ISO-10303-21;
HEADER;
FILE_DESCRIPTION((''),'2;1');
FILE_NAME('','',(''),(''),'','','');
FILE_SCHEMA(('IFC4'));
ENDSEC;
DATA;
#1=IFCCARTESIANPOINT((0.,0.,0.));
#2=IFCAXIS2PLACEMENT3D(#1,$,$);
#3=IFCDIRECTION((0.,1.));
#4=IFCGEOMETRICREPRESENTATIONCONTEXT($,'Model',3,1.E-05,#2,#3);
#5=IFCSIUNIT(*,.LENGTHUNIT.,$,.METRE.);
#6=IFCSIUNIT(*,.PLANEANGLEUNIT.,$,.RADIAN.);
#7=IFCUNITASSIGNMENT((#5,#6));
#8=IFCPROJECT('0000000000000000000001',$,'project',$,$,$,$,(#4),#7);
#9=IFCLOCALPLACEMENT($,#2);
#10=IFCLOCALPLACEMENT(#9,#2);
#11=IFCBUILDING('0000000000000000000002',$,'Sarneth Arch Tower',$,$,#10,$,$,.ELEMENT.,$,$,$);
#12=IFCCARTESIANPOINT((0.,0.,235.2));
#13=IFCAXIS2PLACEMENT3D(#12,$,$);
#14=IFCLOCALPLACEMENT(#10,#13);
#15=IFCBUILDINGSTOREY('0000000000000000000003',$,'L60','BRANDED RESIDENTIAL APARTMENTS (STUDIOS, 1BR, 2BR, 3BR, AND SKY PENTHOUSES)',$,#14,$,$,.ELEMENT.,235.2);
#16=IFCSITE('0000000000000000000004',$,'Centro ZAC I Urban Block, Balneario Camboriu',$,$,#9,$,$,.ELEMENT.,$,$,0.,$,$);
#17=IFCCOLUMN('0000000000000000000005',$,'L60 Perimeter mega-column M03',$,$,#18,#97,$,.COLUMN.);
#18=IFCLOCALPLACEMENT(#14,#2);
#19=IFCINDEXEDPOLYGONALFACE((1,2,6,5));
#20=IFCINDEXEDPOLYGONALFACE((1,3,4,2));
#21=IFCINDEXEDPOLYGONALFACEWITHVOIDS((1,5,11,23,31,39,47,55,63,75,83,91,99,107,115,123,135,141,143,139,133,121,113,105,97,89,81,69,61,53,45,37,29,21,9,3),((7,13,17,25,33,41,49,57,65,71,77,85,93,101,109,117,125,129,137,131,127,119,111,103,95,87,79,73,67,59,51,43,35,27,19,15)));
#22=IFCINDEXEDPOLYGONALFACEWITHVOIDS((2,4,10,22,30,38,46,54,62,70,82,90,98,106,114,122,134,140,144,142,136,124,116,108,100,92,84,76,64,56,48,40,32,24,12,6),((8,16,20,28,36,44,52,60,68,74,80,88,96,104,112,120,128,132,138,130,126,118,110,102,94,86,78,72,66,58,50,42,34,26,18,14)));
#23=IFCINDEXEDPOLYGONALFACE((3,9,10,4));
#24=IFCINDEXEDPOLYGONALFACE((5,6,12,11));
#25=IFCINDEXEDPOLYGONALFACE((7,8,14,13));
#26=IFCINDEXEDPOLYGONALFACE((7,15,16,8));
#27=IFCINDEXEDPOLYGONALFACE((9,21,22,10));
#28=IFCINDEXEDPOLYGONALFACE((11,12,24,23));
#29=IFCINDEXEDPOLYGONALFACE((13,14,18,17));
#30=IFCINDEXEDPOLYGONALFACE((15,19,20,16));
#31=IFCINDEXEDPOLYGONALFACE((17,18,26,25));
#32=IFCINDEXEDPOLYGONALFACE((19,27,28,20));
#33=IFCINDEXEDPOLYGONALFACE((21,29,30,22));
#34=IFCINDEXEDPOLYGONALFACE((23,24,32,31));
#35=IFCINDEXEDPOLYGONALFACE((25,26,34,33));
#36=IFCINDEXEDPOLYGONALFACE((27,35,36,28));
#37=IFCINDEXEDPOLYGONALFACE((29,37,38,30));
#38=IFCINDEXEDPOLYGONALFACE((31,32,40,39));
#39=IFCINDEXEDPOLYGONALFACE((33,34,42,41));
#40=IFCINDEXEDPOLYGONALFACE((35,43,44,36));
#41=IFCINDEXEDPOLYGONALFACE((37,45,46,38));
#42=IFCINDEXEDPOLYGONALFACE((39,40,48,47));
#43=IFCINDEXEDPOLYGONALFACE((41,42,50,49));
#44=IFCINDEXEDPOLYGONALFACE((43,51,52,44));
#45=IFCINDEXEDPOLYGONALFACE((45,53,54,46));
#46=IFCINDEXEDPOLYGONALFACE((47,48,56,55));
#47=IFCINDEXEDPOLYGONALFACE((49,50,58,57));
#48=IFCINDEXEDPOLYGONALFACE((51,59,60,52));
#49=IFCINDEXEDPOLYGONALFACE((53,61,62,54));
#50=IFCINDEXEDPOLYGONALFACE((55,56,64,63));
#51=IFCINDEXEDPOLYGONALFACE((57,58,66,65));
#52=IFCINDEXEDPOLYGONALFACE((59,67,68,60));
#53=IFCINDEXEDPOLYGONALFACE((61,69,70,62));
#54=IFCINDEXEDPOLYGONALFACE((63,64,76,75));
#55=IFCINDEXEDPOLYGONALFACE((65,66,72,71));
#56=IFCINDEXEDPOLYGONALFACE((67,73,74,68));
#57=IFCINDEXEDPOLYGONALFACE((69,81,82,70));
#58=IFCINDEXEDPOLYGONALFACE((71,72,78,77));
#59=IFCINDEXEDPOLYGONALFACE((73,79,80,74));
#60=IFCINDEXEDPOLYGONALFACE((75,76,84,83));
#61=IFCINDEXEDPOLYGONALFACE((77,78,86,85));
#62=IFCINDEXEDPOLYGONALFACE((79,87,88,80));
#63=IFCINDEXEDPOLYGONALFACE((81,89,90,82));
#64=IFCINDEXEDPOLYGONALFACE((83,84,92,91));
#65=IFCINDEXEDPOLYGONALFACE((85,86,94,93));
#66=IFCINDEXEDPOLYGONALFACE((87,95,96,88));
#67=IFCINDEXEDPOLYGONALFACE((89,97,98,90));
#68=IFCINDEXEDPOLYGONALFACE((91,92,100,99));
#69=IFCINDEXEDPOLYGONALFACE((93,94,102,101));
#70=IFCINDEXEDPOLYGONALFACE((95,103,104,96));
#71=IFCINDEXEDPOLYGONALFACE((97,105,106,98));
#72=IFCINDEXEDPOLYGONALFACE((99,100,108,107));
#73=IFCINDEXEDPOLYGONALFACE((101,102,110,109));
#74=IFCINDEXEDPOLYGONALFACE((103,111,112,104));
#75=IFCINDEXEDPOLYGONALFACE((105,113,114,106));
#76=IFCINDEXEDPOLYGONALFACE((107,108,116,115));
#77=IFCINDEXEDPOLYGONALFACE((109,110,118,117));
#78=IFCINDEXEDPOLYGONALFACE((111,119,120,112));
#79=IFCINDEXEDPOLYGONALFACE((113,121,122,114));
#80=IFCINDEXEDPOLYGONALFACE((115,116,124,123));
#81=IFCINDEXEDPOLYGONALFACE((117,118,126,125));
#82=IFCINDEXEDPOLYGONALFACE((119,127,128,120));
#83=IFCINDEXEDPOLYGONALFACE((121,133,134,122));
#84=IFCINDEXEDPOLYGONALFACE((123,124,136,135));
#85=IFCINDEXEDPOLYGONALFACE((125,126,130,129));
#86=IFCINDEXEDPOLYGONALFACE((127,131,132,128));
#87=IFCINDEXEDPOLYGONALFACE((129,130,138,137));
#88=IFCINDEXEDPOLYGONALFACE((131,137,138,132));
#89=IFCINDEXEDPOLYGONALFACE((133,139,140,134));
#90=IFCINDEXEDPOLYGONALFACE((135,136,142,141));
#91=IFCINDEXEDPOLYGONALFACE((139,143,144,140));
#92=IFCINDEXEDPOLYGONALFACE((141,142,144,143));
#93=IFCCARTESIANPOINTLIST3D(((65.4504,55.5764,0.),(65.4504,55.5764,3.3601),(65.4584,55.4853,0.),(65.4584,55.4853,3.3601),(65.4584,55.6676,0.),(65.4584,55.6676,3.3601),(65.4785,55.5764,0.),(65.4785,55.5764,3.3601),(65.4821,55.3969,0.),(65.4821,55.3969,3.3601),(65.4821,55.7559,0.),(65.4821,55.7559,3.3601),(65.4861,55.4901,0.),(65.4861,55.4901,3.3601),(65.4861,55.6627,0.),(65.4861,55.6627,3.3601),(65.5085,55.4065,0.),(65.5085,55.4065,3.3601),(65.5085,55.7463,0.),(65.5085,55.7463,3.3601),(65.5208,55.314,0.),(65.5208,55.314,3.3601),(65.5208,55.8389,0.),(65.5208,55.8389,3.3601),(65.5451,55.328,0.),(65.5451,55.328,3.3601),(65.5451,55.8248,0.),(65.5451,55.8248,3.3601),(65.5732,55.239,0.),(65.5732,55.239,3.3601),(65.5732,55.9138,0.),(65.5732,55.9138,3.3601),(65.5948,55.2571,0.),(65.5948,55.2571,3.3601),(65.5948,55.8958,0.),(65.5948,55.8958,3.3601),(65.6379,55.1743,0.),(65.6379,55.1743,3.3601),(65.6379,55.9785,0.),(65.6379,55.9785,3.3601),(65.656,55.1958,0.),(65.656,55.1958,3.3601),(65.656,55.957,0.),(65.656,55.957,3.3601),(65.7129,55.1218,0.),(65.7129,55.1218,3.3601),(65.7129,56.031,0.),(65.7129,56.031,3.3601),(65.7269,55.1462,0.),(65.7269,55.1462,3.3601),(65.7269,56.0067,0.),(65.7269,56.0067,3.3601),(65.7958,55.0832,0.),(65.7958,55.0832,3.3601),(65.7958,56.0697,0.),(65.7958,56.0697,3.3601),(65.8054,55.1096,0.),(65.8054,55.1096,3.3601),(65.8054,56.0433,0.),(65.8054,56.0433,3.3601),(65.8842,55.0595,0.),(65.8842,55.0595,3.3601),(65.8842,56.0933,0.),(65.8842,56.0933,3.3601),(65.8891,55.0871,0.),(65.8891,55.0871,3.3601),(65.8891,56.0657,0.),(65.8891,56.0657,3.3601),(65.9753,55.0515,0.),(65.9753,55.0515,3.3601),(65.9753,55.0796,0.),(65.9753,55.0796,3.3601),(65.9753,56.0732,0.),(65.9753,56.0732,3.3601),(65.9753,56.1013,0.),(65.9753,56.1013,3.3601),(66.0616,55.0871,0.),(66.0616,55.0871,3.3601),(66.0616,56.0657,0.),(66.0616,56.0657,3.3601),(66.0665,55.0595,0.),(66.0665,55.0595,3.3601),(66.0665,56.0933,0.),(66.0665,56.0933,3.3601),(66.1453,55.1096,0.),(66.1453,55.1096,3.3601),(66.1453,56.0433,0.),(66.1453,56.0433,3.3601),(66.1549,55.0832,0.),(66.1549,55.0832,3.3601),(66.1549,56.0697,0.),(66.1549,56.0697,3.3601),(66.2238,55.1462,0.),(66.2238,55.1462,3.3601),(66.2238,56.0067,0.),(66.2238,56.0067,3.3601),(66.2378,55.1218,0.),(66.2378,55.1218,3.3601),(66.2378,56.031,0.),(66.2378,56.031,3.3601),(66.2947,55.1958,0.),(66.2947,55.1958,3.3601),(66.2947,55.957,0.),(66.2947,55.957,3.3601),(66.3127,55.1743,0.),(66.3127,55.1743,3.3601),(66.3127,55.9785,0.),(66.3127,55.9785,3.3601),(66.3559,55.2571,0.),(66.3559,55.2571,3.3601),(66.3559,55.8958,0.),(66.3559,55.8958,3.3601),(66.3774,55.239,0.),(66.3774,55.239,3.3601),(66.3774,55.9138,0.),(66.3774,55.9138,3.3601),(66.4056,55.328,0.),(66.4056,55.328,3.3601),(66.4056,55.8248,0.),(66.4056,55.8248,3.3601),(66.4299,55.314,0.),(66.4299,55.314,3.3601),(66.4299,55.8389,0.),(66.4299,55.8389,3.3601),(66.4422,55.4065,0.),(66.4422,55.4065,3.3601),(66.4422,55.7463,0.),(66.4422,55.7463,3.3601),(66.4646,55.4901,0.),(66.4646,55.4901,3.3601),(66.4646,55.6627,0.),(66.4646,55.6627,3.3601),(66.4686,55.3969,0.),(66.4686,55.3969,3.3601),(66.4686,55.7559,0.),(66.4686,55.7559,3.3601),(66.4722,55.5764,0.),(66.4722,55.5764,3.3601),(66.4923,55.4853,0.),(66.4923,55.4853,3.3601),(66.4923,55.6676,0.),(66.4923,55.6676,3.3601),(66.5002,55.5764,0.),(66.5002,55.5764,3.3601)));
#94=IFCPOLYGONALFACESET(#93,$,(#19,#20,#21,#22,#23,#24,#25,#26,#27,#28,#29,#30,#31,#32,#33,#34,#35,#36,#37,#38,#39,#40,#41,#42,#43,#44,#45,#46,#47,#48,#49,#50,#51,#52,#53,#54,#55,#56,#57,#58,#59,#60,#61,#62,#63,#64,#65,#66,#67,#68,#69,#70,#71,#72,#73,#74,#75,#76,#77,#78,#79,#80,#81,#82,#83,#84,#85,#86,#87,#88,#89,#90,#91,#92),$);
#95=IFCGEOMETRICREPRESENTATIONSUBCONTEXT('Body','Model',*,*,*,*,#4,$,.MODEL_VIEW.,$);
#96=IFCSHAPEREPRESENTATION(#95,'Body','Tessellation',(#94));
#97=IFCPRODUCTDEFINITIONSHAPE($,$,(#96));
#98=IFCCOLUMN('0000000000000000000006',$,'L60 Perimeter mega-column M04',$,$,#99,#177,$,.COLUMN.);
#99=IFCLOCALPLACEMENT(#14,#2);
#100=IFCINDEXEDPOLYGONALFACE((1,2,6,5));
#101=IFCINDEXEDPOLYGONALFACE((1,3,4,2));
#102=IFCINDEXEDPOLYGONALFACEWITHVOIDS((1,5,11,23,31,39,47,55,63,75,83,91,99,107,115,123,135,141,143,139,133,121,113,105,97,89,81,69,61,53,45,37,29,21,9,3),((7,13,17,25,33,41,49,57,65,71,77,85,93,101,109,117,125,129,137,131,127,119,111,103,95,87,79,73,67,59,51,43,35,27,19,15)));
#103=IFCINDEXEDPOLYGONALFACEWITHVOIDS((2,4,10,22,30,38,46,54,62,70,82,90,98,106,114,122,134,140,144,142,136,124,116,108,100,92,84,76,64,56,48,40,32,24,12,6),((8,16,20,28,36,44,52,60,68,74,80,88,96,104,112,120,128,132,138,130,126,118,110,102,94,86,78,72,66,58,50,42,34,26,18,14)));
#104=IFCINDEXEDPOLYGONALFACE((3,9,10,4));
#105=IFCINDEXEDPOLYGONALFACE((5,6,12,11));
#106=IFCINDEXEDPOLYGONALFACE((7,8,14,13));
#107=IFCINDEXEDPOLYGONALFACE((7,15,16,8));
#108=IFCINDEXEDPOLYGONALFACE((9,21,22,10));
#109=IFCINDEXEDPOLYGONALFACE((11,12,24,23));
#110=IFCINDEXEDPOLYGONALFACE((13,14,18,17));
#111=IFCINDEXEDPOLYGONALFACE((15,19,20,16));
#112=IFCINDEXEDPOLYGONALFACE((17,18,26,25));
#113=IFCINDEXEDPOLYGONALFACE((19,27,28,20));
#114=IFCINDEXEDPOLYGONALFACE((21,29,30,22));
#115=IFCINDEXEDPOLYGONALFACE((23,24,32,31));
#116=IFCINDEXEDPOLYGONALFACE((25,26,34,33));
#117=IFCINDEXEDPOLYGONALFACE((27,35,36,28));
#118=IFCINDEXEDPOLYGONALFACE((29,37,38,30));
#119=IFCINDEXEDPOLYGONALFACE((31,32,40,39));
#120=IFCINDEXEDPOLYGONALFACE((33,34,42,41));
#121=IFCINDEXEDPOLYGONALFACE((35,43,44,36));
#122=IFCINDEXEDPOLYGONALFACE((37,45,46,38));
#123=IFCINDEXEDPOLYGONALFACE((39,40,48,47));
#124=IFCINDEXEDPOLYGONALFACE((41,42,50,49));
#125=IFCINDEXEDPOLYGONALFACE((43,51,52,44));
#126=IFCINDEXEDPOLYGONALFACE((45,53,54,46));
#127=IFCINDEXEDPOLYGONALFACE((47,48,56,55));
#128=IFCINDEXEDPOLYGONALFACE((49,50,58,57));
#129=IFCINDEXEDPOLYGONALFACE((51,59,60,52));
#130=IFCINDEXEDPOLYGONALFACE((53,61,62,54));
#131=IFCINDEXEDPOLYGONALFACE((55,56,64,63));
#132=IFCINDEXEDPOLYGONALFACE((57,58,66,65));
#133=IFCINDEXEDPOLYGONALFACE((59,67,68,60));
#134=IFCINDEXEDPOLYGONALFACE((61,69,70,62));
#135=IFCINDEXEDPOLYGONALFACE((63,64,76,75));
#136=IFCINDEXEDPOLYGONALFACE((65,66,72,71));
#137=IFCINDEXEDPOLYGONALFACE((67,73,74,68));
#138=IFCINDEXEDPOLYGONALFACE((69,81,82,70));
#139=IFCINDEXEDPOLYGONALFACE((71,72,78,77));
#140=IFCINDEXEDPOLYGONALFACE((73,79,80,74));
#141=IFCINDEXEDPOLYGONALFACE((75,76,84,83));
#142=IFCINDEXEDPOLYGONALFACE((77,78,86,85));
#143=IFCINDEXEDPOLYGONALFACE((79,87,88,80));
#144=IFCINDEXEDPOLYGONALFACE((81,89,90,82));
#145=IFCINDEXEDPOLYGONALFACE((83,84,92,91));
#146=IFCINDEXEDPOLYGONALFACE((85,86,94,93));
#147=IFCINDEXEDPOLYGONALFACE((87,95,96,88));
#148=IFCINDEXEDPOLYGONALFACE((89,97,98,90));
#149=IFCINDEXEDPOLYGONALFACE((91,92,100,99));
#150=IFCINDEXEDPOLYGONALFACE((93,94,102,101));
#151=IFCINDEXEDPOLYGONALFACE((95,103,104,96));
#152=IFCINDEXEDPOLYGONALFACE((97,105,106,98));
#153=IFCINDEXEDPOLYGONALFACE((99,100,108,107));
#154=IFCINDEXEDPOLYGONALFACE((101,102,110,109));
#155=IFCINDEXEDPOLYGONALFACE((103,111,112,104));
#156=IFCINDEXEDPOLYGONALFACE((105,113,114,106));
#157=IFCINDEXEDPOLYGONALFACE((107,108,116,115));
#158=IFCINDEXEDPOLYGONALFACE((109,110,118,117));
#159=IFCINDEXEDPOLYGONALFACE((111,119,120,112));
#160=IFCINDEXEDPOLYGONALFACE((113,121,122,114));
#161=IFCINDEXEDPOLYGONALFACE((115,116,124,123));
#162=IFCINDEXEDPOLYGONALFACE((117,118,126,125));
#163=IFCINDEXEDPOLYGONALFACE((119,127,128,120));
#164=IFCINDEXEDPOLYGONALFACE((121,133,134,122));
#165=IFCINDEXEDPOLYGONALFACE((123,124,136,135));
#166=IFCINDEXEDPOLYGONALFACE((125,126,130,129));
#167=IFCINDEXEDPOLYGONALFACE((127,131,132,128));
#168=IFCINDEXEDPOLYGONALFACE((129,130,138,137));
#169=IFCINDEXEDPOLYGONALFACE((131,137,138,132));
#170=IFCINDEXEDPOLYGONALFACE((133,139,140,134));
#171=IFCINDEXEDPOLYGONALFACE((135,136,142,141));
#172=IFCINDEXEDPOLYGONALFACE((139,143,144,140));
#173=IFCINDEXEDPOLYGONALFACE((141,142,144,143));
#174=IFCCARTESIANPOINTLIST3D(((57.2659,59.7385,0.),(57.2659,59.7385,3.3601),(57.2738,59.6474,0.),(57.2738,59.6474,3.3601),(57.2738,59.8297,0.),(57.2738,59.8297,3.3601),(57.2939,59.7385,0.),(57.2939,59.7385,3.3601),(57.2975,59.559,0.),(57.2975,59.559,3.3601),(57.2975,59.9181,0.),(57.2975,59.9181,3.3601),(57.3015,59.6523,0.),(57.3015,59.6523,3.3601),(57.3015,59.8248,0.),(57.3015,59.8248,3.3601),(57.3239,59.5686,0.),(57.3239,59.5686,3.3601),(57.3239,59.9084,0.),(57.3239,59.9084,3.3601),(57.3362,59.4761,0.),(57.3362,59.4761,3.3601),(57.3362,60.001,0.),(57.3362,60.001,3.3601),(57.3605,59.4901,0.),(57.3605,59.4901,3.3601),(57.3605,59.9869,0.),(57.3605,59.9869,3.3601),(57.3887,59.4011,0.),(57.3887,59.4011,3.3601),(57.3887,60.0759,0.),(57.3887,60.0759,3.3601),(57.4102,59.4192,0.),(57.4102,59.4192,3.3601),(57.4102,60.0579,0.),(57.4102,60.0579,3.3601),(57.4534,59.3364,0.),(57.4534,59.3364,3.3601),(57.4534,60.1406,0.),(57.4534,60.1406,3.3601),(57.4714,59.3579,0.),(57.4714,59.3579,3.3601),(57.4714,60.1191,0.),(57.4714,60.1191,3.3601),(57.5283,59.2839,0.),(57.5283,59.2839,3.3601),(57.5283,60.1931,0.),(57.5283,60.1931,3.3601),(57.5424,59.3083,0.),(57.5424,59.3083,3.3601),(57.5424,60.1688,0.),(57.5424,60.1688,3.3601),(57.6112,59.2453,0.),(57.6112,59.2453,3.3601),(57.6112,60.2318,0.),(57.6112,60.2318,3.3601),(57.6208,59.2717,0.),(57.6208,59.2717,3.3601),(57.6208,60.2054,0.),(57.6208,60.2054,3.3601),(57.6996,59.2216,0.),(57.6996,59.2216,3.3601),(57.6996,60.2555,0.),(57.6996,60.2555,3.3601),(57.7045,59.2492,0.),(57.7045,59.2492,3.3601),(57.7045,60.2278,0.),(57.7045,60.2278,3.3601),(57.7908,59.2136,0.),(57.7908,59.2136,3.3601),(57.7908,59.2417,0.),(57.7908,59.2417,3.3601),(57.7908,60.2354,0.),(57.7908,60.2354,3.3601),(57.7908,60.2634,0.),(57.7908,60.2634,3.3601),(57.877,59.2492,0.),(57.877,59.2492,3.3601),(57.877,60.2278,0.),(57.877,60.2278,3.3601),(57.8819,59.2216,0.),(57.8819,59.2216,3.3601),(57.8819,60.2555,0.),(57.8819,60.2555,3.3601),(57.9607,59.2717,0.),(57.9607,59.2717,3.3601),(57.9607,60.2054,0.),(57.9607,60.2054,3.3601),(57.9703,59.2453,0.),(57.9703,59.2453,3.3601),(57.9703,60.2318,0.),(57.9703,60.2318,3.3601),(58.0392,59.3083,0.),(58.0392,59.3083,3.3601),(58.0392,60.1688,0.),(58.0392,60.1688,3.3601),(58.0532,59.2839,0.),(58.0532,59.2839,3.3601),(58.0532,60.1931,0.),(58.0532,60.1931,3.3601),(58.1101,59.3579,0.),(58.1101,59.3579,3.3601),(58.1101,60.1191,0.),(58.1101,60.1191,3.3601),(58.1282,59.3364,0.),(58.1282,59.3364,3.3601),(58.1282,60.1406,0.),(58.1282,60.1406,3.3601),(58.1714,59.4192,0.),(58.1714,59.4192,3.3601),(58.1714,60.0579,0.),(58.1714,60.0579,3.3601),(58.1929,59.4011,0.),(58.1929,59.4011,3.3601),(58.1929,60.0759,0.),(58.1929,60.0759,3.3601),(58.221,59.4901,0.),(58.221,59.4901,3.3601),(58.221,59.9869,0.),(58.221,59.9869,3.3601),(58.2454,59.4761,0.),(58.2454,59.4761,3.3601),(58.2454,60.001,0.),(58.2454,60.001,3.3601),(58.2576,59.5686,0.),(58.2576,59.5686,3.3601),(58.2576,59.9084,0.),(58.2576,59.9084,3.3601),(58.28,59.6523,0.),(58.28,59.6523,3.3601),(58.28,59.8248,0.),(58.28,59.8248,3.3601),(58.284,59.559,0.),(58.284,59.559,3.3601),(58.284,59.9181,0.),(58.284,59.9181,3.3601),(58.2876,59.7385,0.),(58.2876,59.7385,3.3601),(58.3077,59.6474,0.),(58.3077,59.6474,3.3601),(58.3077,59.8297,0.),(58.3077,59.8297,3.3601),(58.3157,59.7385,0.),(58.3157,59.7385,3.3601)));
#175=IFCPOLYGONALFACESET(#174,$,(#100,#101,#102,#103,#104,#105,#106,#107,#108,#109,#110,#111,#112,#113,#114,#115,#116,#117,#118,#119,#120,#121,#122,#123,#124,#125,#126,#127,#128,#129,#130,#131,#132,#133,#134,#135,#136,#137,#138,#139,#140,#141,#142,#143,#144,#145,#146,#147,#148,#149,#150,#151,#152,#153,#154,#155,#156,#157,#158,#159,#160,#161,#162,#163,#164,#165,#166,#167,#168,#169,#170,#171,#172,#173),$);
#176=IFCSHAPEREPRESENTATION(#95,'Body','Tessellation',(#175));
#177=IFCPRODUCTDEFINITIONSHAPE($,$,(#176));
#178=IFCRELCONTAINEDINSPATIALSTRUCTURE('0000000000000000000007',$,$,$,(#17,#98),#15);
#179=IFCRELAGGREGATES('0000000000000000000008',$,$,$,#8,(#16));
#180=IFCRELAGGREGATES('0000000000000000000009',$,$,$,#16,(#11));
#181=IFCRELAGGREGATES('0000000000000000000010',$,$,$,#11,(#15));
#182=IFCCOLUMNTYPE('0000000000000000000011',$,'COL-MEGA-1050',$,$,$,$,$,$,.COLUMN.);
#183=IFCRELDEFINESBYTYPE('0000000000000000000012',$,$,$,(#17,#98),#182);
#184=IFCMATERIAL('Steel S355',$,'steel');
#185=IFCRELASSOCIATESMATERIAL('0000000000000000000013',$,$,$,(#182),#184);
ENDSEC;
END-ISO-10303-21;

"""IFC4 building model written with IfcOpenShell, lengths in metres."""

from ifc_helpers import new_model, si_unit, direction, frame, origin, origin_2d, place, context, subcontext, project, spatial, hollow_circle, extrude, material, material_profile, profile_set, type_object, element, save


model = new_model("IFC4")

# Units and contexts
model_context = context("Model", 3, precision=1e-05, world=origin(), true_north=direction((0.0, 1.0)))
body_context = subcontext(model_context, "Body", "Model", "MODEL_VIEW")
ifc_project = project(units=[si_unit("LENGTHUNIT", "METRE"), si_unit("PLANEANGLEUNIT", "RADIAN")], contexts=[model_context])

# Site, building, storey
site_placement = place(None, origin())
site = spatial("IfcSite", under=ifc_project, at=site_placement, Name="Centro ZAC I Urban Block, Balneario Camboriu", CompositionType="ELEMENT", RefElevation=0.0)
building_placement = place(site_placement, origin())
building = spatial("IfcBuilding", under=site, at=building_placement, Name="Sarneth Arch Tower", CompositionType="ELEMENT")
storey_placement = place(building_placement, frame((0.0, 0.0, 235.2)))
storey = spatial("IfcBuildingStorey", under=building, at=storey_placement, Name="L60", Description="BRANDED RESIDENTIAL APARTMENTS (STUDIOS, 1BR, 2BR, 3BR, AND SKY PENTHOUSES)", CompositionType="ELEMENT", Elevation=235.2)

# Columns
ifc_material_1 = material(Name="Steel S355", Category="steel")
ifc_material_profile_1 = material_profile(ifc_material_1, hollow_circle(Radius=0.5249, WallThickness=0.0281, at=origin_2d()), Name="CHS1050x28")
ifc_profile_set_1 = profile_set([ifc_material_profile_1], Name="Steel S355")
column_type = type_object("IfcColumnType", Name="COL-MEGA-1050", PredefinedType="COLUMN", material=ifc_profile_set_1)
for number, where, z_axis, x_axis, name in (
    (1, (65.9753, 55.5764, 0.0), (0.0, 0.0, 1.0), (1.0, 0.0, 0.0), "L60 Perimeter mega-column M03"),
    (2, (57.7908, 59.7385, 0.0), (0.0, 0.0, 1.0), (1.0, 0.0, 0.0), "L60 Perimeter mega-column M04"),
):
    element("IfcColumn", number, at=place(storey_placement, frame(where, z_axis=z_axis, x_axis=x_axis)), inside=storey, type_object=column_type, Name=name, PredefinedType="COLUMN", context=body_context, shape_type="SweptSolid", body=[
        extrude(hollow_circle(Radius=0.5249, WallThickness=0.0281, at=origin_2d()), origin(), (0.0, 0.0, 1.0), 3.3601),
    ])

save(model, "model.ifc")
